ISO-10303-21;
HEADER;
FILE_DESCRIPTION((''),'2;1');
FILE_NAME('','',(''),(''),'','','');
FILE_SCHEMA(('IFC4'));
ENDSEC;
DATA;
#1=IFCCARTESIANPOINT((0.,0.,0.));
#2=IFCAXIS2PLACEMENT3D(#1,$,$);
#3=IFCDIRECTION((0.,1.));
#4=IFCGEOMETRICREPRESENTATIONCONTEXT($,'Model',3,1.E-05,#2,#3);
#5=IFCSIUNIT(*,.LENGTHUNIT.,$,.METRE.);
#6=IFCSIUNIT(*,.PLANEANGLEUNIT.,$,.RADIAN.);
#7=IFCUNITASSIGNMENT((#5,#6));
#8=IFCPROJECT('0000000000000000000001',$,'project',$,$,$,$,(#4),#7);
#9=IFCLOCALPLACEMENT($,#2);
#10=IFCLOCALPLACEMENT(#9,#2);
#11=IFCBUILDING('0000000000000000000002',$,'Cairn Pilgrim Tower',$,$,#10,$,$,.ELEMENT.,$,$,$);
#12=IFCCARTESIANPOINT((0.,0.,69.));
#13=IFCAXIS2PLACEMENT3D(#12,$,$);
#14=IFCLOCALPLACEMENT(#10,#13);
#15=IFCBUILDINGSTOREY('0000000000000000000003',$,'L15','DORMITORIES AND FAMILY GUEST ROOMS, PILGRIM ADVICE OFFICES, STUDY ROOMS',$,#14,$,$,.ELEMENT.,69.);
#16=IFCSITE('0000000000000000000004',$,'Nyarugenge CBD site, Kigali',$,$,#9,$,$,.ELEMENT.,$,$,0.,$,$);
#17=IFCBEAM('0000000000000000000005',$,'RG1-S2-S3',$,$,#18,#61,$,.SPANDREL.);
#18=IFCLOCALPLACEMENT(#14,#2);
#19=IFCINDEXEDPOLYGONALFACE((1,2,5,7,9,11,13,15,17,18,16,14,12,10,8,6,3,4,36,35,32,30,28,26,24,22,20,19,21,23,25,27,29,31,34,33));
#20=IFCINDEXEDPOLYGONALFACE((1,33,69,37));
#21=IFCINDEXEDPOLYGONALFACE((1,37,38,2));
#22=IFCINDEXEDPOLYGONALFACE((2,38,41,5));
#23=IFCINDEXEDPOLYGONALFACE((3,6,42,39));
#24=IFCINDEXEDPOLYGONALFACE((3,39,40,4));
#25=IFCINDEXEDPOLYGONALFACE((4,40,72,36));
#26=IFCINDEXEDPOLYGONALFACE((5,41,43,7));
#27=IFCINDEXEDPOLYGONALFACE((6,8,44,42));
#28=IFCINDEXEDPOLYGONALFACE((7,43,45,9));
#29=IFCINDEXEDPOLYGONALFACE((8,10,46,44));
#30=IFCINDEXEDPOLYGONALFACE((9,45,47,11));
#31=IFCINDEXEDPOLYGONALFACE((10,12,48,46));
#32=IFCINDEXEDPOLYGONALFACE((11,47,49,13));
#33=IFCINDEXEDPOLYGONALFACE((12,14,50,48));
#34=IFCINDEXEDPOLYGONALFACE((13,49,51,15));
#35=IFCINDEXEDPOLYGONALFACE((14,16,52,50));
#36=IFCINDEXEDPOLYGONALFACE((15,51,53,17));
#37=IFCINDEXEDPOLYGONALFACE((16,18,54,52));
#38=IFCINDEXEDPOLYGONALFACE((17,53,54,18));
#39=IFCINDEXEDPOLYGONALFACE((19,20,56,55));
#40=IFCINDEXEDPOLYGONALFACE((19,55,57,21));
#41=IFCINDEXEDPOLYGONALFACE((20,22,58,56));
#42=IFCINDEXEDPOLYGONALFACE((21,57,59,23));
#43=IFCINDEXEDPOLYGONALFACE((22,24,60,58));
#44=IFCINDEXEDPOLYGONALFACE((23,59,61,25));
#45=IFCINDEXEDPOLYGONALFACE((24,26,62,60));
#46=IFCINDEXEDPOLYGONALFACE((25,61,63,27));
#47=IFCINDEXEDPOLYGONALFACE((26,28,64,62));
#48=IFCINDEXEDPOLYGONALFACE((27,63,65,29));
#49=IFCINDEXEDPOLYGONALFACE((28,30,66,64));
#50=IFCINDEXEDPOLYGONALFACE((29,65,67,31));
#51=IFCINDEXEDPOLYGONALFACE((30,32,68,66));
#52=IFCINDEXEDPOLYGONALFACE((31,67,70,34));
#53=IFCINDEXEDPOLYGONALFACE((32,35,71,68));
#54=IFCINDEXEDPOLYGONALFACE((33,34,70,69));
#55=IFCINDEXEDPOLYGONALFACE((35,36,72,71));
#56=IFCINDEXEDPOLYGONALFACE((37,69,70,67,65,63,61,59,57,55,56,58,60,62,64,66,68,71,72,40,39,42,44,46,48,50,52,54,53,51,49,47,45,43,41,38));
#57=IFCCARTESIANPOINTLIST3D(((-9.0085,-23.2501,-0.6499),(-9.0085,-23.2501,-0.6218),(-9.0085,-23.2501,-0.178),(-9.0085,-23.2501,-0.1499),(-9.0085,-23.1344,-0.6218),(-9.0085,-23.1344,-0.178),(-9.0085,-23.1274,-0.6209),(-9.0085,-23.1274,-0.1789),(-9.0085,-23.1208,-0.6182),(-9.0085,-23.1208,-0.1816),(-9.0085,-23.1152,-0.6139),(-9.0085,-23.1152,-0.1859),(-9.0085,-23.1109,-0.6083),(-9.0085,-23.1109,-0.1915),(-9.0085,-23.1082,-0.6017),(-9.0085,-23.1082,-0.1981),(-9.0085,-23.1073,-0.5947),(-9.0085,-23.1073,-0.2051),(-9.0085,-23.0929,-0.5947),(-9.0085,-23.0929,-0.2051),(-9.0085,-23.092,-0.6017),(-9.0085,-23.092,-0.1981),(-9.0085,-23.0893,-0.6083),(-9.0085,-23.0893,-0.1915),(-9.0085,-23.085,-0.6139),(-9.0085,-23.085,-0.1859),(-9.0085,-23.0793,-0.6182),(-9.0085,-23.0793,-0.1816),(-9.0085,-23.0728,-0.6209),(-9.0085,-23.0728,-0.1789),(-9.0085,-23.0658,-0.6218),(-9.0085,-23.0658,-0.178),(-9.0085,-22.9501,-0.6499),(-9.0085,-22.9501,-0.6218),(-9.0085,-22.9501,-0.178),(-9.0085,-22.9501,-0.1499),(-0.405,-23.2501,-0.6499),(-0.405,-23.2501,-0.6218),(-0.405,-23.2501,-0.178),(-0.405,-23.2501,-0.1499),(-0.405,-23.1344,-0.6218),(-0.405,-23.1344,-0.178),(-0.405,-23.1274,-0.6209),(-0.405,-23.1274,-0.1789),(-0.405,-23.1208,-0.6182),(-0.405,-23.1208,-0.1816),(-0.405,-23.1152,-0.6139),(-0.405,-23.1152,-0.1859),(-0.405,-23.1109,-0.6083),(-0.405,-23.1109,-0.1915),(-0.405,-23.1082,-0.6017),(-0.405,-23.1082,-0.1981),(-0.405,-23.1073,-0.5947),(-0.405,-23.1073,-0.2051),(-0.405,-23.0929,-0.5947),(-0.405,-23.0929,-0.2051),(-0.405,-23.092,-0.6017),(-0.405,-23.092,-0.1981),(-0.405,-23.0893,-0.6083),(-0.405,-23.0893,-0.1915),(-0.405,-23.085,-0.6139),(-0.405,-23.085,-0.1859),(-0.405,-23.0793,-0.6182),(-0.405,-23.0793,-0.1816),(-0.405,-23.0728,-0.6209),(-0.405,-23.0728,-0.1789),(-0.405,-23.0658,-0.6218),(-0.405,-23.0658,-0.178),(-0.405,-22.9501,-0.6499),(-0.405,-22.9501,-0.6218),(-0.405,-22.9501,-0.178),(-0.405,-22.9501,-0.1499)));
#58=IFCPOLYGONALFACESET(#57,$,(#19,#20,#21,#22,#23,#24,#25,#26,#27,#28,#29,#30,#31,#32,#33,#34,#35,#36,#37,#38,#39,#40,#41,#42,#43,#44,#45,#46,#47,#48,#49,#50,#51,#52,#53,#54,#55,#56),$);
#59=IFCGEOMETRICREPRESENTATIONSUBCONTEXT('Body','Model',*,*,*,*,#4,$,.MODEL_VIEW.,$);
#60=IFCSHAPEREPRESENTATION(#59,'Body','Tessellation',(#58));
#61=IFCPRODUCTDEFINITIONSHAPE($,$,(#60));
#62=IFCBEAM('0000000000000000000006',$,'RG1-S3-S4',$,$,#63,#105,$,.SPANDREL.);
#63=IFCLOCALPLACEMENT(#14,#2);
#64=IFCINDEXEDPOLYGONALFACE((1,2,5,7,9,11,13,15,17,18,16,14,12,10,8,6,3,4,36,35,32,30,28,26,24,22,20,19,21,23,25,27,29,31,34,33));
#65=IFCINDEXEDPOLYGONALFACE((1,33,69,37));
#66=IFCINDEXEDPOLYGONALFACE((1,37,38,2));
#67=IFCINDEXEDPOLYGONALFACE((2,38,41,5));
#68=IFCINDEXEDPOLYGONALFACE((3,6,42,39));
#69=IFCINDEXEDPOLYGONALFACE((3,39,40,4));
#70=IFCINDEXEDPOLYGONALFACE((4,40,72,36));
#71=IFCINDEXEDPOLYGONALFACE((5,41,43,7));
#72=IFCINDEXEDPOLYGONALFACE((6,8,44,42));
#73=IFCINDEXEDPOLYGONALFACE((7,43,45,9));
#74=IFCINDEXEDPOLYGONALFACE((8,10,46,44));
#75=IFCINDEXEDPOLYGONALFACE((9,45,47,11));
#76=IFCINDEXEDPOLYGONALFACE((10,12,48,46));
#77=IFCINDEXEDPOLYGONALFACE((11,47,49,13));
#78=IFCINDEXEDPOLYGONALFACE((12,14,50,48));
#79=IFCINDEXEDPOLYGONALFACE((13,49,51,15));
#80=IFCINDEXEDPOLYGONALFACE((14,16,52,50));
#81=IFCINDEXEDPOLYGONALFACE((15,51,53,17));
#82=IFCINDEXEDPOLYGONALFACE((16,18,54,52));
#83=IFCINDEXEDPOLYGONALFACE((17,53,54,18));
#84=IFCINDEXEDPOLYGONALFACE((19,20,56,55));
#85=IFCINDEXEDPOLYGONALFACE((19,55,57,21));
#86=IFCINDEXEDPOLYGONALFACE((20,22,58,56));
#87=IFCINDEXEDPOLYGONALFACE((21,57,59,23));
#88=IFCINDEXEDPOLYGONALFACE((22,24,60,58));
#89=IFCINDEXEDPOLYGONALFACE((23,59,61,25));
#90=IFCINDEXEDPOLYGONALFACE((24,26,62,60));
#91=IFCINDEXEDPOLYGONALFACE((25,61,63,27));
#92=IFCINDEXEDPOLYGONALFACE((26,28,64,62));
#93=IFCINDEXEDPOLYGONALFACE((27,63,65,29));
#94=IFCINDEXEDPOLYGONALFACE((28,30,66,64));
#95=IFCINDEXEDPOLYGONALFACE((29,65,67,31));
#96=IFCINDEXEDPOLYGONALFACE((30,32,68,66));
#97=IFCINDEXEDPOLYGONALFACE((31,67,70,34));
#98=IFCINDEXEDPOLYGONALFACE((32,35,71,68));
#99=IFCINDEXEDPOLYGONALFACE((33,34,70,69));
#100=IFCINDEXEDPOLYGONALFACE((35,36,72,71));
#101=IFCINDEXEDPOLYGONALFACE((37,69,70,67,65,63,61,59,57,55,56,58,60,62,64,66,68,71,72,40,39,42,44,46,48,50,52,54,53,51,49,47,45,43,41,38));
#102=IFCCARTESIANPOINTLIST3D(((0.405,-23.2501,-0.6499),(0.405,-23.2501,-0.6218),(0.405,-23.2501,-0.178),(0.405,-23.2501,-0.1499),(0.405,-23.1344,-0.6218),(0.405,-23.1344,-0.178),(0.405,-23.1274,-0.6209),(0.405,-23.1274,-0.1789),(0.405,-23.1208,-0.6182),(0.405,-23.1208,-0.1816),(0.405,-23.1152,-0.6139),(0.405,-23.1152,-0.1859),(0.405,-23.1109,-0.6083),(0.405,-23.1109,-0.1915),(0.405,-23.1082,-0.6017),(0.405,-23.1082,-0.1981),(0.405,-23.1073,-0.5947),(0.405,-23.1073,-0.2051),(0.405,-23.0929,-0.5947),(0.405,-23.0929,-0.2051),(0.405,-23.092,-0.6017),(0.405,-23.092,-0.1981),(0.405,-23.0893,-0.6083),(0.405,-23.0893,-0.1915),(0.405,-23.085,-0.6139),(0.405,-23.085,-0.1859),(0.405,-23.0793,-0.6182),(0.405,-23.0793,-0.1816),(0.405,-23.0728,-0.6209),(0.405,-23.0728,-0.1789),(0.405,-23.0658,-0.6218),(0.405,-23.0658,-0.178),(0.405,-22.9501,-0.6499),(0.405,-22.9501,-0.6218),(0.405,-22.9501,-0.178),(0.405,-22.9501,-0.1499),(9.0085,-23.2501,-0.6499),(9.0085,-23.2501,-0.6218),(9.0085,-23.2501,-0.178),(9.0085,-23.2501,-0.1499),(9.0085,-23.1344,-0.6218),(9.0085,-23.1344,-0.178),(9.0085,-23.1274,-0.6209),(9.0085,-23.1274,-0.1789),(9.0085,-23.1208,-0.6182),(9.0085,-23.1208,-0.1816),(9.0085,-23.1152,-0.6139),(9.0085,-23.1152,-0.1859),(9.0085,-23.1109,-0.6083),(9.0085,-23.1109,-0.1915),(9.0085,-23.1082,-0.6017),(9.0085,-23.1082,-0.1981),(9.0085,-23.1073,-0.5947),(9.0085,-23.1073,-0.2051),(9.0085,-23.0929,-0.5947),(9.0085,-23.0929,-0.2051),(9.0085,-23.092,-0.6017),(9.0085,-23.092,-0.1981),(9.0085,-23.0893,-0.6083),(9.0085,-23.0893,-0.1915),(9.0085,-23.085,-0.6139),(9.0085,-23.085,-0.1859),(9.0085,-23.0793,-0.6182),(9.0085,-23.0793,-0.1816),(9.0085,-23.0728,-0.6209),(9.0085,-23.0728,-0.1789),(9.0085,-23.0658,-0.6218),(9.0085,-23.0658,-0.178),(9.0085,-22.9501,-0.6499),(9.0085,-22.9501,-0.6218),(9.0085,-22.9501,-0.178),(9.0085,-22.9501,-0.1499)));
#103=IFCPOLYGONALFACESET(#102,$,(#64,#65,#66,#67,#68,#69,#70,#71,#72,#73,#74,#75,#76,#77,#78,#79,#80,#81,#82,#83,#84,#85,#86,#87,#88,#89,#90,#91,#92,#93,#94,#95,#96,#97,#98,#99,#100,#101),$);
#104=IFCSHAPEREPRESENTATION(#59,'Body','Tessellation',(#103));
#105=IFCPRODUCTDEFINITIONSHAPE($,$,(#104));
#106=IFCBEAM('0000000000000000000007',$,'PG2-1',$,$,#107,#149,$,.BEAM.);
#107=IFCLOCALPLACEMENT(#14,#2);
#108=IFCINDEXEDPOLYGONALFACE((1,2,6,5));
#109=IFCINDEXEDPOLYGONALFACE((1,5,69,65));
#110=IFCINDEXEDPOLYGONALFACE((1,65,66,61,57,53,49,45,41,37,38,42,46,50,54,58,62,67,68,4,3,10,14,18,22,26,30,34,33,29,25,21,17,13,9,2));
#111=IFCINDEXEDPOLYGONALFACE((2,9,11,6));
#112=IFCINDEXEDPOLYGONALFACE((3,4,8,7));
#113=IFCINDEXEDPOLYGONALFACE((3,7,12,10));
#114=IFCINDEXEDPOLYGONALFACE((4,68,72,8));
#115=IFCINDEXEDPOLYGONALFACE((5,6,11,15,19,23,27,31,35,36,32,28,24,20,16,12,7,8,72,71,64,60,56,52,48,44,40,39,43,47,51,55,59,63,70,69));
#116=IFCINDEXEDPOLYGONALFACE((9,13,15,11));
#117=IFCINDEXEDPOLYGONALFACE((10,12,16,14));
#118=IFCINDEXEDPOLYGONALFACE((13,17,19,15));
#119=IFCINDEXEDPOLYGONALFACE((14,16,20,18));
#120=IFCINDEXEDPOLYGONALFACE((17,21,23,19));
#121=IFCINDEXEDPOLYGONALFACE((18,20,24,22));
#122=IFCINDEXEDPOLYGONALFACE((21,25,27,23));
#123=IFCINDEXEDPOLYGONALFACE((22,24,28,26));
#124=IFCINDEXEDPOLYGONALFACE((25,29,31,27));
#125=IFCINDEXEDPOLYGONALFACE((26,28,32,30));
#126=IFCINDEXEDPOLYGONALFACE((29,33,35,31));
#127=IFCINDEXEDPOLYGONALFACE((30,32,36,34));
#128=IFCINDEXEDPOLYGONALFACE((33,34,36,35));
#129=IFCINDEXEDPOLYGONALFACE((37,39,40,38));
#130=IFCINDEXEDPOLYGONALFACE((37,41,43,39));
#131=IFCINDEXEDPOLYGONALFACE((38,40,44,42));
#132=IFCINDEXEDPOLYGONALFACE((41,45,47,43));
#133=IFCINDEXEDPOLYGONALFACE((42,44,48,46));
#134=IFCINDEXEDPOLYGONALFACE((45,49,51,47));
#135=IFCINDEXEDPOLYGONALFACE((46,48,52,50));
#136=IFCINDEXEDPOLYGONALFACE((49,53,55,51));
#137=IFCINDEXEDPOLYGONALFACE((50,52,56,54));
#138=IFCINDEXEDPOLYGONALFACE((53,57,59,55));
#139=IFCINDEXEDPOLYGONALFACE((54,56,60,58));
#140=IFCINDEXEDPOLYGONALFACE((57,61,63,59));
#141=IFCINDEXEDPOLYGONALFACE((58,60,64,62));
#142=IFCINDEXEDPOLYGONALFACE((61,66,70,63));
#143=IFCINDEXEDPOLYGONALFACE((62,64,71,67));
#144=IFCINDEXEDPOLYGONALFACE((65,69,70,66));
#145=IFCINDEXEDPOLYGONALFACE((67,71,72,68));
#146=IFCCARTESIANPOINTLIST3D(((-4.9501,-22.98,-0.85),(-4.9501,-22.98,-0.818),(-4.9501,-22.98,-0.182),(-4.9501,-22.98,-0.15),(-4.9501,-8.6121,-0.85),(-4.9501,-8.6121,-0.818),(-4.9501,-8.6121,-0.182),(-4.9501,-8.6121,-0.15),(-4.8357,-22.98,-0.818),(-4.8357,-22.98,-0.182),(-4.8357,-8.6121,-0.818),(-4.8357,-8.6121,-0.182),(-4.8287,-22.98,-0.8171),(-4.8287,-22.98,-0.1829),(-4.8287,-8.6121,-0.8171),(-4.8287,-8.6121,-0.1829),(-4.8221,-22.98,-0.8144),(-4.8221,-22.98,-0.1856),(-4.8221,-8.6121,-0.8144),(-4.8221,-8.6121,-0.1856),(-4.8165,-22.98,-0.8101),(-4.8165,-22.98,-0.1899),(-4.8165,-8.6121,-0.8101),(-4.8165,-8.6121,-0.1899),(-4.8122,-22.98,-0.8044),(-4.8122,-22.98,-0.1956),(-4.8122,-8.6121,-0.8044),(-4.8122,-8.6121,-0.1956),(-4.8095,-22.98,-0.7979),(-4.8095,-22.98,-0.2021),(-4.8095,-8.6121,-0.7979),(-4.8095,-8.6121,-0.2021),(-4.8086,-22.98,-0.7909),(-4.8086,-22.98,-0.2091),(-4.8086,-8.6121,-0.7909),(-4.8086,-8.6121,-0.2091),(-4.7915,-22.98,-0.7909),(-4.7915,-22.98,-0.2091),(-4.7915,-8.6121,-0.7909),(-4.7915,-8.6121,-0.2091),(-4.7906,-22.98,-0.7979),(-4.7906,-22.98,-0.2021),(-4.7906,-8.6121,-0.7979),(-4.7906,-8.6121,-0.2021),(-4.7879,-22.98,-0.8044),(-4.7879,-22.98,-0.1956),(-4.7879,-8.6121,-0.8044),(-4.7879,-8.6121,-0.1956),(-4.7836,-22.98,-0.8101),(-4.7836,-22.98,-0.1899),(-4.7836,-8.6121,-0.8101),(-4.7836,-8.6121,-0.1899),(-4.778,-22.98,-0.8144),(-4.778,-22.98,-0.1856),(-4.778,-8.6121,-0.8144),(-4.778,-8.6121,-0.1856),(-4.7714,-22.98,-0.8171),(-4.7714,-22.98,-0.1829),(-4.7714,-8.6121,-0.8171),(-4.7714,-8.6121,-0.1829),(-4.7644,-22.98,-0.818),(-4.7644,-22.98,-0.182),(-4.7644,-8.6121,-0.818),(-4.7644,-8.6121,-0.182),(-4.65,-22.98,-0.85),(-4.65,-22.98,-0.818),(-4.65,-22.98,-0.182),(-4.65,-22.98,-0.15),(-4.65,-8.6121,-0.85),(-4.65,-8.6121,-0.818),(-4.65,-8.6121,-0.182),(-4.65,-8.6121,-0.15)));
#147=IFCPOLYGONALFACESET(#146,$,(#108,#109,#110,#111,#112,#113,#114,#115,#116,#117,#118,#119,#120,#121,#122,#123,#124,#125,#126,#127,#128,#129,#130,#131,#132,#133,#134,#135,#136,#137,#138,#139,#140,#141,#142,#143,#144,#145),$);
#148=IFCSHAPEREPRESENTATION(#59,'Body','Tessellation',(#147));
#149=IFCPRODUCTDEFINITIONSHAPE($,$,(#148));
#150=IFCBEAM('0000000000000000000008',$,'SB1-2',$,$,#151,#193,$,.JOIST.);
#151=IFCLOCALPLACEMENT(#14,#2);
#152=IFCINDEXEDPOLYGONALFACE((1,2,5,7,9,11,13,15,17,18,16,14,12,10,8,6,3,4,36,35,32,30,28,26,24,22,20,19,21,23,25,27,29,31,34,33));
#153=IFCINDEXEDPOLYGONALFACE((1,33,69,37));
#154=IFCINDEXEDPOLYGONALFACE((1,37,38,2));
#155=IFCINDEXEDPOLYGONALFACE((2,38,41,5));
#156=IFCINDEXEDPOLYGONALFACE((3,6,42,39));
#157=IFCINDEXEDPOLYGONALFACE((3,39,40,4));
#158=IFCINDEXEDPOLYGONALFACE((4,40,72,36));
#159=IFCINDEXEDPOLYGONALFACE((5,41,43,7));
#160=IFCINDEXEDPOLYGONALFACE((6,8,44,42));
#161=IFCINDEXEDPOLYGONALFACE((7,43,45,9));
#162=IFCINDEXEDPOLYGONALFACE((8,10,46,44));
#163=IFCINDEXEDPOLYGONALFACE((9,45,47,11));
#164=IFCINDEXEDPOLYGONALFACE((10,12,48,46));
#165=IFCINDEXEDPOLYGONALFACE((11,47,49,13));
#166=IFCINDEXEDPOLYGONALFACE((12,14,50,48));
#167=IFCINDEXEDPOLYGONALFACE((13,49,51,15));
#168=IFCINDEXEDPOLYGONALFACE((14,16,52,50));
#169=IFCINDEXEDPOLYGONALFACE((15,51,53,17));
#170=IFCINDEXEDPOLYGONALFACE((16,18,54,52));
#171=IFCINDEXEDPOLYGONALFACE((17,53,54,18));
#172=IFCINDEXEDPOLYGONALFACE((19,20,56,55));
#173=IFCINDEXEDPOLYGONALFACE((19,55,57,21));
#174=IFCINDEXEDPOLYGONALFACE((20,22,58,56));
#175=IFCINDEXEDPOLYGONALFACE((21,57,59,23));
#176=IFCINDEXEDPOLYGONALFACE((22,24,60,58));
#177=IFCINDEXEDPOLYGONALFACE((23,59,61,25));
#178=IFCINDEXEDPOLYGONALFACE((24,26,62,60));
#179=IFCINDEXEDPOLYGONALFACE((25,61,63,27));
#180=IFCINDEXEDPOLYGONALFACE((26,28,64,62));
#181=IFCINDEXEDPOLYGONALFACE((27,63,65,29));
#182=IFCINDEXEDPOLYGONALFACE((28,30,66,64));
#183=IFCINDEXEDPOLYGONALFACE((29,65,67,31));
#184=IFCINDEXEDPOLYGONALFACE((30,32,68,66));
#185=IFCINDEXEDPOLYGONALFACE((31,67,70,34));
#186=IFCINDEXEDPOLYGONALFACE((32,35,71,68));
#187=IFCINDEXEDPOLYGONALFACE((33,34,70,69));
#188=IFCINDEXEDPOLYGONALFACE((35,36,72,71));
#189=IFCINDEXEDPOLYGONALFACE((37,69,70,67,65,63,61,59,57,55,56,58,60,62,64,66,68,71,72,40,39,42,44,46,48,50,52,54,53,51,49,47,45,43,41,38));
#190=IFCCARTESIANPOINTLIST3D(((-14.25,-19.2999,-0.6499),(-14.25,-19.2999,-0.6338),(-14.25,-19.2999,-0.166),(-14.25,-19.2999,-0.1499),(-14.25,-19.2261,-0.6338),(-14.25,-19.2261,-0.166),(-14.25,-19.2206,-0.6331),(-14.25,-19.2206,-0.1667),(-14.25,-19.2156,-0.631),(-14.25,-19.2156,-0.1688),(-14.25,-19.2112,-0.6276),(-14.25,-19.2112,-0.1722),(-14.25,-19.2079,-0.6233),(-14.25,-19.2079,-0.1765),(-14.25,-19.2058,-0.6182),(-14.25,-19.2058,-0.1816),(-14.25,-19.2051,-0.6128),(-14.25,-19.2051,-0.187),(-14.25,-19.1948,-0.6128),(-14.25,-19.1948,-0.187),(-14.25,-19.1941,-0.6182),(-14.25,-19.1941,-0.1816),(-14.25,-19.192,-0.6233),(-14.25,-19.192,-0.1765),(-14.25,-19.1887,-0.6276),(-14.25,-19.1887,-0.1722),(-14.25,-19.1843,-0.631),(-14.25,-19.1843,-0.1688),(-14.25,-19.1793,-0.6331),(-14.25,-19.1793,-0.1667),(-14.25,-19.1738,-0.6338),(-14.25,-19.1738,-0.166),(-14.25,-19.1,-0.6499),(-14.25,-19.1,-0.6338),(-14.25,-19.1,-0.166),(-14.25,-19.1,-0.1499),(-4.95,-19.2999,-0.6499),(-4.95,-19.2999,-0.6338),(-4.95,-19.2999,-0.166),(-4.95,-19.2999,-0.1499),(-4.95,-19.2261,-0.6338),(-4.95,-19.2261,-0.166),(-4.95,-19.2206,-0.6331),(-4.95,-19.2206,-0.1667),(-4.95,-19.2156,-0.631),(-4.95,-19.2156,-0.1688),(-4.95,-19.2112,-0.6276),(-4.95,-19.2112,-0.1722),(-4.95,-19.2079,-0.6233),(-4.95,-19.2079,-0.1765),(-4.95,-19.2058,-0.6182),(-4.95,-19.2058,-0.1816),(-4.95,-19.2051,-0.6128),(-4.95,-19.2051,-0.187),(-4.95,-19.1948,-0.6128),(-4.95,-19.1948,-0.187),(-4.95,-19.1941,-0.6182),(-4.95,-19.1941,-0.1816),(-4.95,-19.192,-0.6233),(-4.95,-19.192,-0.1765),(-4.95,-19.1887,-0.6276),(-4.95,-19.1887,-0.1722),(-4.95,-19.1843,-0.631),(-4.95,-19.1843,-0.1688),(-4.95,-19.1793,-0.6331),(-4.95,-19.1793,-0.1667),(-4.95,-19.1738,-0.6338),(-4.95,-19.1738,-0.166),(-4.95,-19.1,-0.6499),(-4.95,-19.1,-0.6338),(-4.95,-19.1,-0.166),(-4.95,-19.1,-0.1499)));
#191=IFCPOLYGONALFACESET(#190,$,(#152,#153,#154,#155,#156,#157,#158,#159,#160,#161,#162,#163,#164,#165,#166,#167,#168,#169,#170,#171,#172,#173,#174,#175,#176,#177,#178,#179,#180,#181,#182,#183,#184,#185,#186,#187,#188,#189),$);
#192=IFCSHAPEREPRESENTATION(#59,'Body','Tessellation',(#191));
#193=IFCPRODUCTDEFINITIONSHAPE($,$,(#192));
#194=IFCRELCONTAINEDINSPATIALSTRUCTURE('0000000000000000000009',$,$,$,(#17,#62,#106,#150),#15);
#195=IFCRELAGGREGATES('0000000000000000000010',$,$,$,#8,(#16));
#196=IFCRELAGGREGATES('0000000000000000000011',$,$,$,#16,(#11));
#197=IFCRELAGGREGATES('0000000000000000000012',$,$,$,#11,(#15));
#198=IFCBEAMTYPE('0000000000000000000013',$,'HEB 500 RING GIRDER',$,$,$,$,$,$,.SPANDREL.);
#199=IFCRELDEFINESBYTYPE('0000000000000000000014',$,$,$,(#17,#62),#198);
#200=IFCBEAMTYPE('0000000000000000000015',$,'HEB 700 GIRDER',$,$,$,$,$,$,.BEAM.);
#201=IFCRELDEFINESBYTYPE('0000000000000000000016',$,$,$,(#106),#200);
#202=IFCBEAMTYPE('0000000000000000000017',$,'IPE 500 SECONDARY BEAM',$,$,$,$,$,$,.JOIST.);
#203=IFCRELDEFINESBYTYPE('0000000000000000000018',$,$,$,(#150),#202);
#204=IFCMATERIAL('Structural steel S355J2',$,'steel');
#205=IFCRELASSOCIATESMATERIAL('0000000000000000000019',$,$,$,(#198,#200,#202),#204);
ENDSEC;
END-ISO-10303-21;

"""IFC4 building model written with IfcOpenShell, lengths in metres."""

from ifc_helpers import new_model, si_unit, direction, frame, origin, origin_2d, place, context, subcontext, project, spatial, i_section, extrude, material, material_profile, profile_set, type_object, element, save


model = new_model("IFC4")

# Units and contexts
model_context = context("Model", 3, precision=1e-05, world=origin(), true_north=direction((0.0, 1.0)))
body_context = subcontext(model_context, "Body", "Model", "MODEL_VIEW")
ifc_project = project(units=[si_unit("LENGTHUNIT", "METRE"), si_unit("PLANEANGLEUNIT", "RADIAN")], contexts=[model_context])

# Site, building, storey
site_placement = place(None, origin())
site = spatial("IfcSite", under=ifc_project, at=site_placement, Name="Nyarugenge CBD site, Kigali", CompositionType="ELEMENT", RefElevation=0.0)
building_placement = place(site_placement, origin())
building = spatial("IfcBuilding", under=site, at=building_placement, Name="Cairn Pilgrim Tower", CompositionType="ELEMENT")
storey_placement = place(building_placement, frame((0.0, 0.0, 69.0)))
storey = spatial("IfcBuildingStorey", under=building, at=storey_placement, Name="L15", Description="DORMITORIES AND FAMILY GUEST ROOMS, PILGRIM ADVICE OFFICES, STUDY ROOMS", CompositionType="ELEMENT", Elevation=69.0)

# Beams
ifc_material_1 = material(Name="Structural steel S355J2", Category="steel")
ifc_material_profile_1 = material_profile(ifc_material_1, i_section(OverallWidth=0.3, OverallDepth=0.5, WebThickness=0.0144, FlangeThickness=0.0281, FilletRadius=0.0271, at=origin_2d()), Name="HEB 500")
ifc_profile_set_1 = profile_set([ifc_material_profile_1], Name="Structural steel S355J2")
beam_type_1 = type_object("IfcBeamType", Name="HEB 500 RING GIRDER", PredefinedType="SPANDREL", material=ifc_profile_set_1)
for number, where, z_axis, x_axis, name in (
    (1, (-9.0085, -23.1001, -0.3999), (1.0, 0.0, 0.0), (0.0, 1.0, 0.0), "RG1-S2-S3"),
    (2, (0.405, -23.1001, -0.3999), (1.0, 0.0, 0.0), (0.0, 1.0, 0.0), "RG1-S3-S4"),
):
    element("IfcBeam", number, at=place(storey_placement, frame(where, z_axis=z_axis, x_axis=x_axis)), inside=storey, type_object=beam_type_1, Name=name, PredefinedType="SPANDREL", context=body_context, shape_type="SweptSolid", body=[
        extrude(i_section(OverallWidth=0.3, OverallDepth=0.5, WebThickness=0.0144, FlangeThickness=0.0281, FilletRadius=0.0271, at=origin_2d()), origin(), (0.0, 0.0, 1.0), 8.6035),
    ])
ifc_material_profile_2 = material_profile(ifc_material_1, i_section(OverallWidth=0.3, OverallDepth=0.7, WebThickness=0.0171, FlangeThickness=0.032, FilletRadius=0.0271, at=origin_2d()), Name="HEB 700")
ifc_profile_set_2 = profile_set([ifc_material_profile_2], Name="Structural steel S355J2")
beam_type_2 = type_object("IfcBeamType", Name="HEB 700 GIRDER", PredefinedType="BEAM", material=ifc_profile_set_2)
beam_1_placement = place(storey_placement, frame((-4.8, -22.98, -0.5), z_axis=(0.0, 1.0, 0.0), x_axis=(-1.0, 0.0, 0.0)))
element("IfcBeam", 3, at=beam_1_placement, inside=storey, type_object=beam_type_2, Name="PG2-1", PredefinedType="BEAM", context=body_context, shape_type="SweptSolid", body=[
    extrude(i_section(OverallWidth=0.3, OverallDepth=0.7, WebThickness=0.0171, FlangeThickness=0.032, FilletRadius=0.0271, at=origin_2d()), origin(), (0.0, 0.0, 1.0), 14.3679),
])
ifc_material_profile_3 = material_profile(ifc_material_1, i_section(OverallWidth=0.2, OverallDepth=0.5, WebThickness=0.0103, FlangeThickness=0.0161, FilletRadius=0.021, at=origin_2d()), Name="IPE 500")
ifc_profile_set_3 = profile_set([ifc_material_profile_3], Name="Structural steel S355J2")
beam_type_3 = type_object("IfcBeamType", Name="IPE 500 SECONDARY BEAM", PredefinedType="JOIST", material=ifc_profile_set_3)
for number, where, z_axis, x_axis, name in (
    (4, (-14.25, -19.2, -0.3999), (1.0, 0.0, 0.0), (0.0, 1.0, 0.0), "SB1-2"),
):
    element("IfcBeam", number, at=place(storey_placement, frame(where, z_axis=z_axis, x_axis=x_axis)), inside=storey, type_object=beam_type_3, Name=name, PredefinedType="JOIST", context=body_context, shape_type="SweptSolid", body=[
        extrude(i_section(OverallWidth=0.2, OverallDepth=0.5, WebThickness=0.0103, FlangeThickness=0.0161, FilletRadius=0.021, at=origin_2d()), origin(), (0.0, 0.0, 1.0), 9.3),
    ])

save(model, "model.ifc")
